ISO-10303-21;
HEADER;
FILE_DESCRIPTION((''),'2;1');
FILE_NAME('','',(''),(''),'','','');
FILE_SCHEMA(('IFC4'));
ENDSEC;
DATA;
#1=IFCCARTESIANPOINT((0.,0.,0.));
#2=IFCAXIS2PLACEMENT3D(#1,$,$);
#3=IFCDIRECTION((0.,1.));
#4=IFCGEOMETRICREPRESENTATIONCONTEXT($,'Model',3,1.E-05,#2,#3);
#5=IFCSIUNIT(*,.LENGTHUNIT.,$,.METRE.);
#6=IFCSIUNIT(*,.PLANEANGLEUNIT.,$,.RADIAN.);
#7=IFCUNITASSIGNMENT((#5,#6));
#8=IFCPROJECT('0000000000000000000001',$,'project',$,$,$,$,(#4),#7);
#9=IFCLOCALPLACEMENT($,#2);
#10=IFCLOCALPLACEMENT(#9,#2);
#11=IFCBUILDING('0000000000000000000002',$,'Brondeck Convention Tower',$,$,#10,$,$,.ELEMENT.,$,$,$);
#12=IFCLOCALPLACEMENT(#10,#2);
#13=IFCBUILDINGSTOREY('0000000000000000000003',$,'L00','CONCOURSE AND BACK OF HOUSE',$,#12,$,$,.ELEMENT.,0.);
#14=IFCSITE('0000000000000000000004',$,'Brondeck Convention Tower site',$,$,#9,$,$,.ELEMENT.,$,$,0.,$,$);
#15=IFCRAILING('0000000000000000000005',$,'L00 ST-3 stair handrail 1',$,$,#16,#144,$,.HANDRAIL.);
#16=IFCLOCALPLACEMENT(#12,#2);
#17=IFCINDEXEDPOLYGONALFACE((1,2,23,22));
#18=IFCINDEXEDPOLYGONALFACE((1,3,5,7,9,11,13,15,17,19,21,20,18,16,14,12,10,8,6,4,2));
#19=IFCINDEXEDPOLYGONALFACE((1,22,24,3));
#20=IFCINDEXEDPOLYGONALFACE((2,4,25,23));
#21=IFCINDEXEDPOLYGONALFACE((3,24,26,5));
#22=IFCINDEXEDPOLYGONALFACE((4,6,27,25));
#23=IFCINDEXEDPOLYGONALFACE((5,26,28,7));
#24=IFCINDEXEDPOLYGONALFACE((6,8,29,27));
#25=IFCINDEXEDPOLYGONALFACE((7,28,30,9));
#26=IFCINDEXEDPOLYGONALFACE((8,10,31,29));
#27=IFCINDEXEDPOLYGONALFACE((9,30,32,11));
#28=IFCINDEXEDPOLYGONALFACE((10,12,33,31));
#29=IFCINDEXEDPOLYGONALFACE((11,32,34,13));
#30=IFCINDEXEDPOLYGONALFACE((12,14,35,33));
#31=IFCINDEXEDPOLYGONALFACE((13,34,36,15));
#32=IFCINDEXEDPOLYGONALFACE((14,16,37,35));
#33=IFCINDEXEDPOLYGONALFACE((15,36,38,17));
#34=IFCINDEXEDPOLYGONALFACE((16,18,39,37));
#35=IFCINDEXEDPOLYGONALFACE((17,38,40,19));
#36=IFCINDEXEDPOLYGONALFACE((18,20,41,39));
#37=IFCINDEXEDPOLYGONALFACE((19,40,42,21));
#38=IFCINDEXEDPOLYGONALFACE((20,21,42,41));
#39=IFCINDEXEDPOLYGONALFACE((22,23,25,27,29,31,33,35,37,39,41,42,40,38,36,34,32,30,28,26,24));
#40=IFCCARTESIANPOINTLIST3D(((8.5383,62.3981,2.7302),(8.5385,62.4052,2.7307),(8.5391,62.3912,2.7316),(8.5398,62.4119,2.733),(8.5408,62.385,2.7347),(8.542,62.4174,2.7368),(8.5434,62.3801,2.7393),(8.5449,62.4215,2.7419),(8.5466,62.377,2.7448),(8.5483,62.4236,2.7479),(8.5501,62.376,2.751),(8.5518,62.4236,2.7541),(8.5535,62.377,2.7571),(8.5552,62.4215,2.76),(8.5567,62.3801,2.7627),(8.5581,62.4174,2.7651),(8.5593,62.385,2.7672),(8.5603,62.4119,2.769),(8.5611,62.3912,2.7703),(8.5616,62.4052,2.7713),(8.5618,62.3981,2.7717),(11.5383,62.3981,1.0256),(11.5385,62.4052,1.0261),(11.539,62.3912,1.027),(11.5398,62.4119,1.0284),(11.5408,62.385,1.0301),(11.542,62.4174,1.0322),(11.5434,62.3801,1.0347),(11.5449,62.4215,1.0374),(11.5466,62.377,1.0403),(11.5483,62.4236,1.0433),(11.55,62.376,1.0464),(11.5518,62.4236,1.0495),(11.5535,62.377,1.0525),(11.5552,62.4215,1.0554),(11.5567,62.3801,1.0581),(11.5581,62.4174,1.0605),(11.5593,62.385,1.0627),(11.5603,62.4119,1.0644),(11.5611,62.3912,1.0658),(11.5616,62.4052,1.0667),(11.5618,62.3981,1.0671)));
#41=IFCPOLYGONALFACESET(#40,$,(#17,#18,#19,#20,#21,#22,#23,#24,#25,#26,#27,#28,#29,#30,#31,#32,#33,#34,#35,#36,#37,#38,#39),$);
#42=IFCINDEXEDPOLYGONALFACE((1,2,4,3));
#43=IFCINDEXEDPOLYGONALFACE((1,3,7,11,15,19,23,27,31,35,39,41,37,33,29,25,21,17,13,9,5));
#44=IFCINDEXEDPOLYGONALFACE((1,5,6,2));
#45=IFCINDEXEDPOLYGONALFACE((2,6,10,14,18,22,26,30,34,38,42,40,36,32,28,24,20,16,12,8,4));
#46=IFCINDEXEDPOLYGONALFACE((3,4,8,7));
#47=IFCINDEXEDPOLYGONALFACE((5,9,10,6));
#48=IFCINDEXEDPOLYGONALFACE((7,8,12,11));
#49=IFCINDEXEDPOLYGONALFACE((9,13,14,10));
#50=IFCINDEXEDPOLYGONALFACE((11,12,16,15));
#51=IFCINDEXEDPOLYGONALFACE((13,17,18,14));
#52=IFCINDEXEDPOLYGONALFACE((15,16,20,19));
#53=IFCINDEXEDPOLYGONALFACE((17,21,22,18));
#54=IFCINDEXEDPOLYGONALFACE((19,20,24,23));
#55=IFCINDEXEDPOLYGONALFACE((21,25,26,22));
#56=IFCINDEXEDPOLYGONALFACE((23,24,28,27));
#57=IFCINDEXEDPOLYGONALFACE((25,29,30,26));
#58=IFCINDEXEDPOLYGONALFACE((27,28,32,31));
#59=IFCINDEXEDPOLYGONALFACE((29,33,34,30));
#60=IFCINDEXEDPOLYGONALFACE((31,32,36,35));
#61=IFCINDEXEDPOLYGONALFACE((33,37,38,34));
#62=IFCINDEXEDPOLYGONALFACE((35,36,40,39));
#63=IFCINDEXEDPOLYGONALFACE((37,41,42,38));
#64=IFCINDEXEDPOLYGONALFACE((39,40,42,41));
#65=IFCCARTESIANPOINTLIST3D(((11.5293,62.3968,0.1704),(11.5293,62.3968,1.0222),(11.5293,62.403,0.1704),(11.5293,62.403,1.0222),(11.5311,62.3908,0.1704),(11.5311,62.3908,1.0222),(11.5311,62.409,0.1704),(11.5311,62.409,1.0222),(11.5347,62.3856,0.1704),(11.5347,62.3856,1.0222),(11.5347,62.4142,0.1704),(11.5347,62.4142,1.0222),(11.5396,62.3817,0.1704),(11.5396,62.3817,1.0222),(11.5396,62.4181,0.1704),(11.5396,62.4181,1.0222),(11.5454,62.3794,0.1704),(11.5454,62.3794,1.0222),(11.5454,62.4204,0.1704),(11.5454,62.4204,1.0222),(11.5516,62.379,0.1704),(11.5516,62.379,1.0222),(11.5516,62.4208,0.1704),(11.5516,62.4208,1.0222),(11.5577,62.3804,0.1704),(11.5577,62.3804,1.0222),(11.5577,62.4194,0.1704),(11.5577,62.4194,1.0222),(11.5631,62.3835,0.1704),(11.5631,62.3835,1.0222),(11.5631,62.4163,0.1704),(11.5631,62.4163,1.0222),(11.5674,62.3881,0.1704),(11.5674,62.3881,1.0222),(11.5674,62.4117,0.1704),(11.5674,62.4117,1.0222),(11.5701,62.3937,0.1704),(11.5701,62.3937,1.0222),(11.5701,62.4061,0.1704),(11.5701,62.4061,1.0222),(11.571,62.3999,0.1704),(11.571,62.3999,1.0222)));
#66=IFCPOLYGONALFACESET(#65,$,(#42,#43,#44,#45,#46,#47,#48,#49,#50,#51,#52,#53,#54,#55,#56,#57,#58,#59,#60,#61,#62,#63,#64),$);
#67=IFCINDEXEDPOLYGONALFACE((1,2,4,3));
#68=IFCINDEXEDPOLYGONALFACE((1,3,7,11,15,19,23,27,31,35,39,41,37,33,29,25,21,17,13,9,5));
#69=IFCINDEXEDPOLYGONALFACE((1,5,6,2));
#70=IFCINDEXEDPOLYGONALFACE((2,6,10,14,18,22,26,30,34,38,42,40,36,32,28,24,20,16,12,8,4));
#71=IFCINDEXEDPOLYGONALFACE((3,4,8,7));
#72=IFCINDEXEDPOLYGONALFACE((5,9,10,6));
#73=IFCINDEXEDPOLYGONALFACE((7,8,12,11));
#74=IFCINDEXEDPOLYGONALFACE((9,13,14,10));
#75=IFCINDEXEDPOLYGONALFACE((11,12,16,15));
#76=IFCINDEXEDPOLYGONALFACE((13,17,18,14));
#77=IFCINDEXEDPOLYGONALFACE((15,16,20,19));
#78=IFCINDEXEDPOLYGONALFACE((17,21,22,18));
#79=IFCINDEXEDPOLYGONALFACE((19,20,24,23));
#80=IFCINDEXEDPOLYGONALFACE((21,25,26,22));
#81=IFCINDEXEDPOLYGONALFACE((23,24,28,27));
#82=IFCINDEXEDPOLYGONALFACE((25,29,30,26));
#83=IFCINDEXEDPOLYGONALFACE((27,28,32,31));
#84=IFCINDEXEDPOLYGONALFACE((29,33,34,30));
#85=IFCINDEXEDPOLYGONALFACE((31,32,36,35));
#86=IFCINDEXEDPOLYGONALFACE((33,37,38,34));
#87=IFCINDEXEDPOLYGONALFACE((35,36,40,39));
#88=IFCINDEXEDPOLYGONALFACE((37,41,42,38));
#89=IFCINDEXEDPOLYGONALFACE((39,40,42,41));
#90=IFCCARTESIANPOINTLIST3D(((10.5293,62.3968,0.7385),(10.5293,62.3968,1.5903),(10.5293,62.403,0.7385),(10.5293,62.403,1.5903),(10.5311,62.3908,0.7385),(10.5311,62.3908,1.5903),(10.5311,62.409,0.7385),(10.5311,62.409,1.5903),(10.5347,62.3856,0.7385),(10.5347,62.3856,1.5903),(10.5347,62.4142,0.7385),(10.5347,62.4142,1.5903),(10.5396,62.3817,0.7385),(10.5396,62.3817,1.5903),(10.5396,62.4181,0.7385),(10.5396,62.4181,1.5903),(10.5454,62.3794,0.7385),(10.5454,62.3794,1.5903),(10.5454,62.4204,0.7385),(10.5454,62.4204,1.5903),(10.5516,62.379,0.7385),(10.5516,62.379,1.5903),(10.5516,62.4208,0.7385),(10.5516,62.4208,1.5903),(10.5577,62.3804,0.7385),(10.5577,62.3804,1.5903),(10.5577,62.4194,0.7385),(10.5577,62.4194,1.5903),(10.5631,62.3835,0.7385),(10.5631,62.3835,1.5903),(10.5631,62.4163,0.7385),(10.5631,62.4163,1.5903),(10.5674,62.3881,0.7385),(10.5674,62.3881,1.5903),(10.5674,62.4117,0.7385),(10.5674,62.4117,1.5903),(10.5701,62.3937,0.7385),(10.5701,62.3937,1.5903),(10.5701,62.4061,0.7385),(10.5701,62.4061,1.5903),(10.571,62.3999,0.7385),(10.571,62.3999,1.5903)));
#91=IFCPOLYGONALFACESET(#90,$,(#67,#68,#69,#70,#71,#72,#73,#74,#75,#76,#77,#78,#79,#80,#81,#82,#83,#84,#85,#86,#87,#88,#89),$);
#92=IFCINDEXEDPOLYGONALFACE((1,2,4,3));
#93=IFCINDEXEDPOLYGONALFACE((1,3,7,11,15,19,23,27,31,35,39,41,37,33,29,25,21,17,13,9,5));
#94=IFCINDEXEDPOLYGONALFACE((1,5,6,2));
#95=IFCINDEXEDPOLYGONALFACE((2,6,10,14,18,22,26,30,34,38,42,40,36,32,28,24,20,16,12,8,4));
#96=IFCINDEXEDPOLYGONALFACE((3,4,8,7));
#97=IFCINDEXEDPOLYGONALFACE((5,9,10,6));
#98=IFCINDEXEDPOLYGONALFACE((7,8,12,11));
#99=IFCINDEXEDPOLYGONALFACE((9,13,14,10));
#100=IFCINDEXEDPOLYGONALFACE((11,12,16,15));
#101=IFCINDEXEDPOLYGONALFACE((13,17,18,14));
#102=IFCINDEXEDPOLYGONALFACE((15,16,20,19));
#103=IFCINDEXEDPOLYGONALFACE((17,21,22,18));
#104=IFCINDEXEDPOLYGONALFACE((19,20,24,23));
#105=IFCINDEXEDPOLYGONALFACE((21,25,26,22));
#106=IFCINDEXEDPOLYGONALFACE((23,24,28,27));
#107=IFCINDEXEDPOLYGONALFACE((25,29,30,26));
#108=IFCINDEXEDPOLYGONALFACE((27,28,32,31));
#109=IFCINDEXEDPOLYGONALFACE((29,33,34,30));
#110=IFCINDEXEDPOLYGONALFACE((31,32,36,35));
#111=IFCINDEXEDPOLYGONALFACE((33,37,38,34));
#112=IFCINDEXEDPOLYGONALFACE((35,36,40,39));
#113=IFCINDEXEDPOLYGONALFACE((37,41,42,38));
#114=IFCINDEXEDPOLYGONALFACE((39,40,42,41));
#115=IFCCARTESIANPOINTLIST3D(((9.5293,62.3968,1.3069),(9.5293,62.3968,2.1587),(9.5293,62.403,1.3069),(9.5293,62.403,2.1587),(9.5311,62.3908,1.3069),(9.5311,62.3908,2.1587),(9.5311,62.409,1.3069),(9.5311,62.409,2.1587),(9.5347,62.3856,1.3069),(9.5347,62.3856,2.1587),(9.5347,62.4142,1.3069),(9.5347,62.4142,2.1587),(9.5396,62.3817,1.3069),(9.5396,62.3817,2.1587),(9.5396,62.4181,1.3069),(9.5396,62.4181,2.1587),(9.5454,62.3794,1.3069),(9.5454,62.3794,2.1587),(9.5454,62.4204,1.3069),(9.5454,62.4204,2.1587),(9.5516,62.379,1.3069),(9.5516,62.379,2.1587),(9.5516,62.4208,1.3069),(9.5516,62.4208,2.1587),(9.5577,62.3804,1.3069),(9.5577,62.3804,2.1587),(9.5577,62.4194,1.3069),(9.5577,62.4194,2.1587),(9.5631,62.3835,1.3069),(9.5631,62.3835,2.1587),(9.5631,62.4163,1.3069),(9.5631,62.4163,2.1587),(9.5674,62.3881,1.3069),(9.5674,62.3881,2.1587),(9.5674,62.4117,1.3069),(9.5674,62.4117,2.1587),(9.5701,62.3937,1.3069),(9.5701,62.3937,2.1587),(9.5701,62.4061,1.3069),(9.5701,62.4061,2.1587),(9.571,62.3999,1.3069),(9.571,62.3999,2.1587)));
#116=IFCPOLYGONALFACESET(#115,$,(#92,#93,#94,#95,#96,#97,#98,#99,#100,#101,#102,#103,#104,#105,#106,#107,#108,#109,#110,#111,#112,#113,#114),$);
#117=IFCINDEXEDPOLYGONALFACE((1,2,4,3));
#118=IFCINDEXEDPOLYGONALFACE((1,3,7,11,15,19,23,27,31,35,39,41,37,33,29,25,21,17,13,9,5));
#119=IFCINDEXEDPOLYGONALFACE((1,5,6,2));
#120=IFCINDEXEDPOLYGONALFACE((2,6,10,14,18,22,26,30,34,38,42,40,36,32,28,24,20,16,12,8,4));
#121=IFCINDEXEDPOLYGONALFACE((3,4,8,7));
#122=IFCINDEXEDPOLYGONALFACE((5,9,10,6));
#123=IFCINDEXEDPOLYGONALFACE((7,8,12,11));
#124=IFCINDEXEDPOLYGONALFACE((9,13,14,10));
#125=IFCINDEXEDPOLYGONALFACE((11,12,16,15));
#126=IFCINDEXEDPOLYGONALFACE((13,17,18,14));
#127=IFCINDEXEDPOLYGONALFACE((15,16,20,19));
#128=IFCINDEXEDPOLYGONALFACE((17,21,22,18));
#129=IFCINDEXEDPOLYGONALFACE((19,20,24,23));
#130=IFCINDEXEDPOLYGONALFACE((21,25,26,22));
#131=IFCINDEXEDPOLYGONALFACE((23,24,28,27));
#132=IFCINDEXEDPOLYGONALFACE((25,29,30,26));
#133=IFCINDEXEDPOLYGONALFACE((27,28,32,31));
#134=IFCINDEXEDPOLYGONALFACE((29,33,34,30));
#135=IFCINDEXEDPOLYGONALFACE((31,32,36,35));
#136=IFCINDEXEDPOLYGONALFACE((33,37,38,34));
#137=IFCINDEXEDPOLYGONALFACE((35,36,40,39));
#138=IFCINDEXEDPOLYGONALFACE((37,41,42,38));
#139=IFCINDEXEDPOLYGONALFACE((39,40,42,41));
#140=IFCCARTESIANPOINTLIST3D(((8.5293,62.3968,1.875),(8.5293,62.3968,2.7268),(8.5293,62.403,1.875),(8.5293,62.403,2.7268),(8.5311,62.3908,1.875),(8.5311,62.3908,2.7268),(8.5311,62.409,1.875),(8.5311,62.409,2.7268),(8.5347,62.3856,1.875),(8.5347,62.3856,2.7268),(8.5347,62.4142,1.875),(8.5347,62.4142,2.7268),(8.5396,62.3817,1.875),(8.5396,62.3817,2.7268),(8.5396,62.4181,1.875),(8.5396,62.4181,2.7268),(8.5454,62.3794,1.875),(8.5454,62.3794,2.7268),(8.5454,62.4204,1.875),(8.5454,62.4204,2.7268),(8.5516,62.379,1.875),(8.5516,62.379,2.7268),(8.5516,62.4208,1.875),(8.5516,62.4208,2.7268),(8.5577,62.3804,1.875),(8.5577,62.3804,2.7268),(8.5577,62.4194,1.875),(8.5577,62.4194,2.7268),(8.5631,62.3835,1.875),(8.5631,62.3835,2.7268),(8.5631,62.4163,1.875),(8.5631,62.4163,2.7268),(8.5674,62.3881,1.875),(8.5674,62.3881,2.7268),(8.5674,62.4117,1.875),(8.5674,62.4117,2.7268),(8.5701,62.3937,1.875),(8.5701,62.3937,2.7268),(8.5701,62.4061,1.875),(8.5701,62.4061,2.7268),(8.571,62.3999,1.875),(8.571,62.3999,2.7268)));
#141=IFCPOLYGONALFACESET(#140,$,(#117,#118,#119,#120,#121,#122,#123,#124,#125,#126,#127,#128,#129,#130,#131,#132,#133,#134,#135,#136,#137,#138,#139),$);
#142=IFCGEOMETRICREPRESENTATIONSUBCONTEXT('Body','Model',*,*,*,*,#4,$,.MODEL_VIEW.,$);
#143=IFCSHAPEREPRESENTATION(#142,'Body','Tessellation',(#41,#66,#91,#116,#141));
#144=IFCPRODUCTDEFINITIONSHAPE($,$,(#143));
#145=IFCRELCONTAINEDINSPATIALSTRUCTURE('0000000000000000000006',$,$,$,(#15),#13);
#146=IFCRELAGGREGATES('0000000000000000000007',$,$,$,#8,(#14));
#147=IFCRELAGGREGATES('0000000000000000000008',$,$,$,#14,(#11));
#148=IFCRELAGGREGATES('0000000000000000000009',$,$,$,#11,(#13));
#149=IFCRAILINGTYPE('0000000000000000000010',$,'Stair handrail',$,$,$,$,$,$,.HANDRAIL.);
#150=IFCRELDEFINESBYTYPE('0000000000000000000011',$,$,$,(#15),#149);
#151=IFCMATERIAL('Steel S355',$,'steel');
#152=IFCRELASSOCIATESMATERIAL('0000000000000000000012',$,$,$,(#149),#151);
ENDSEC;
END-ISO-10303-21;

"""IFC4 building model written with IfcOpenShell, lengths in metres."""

from ifc_helpers import new_model, si_unit, direction, frame, origin, origin_2d, place, context, subcontext, project, spatial, circle, extrude, material, type_object, element, save


model = new_model("IFC4")

# Units and contexts
model_context = context("Model", 3, precision=1e-05, world=origin(), true_north=direction((0.0, 1.0)))
body_context = subcontext(model_context, "Body", "Model", "MODEL_VIEW")
ifc_project = project(units=[si_unit("LENGTHUNIT", "METRE"), si_unit("PLANEANGLEUNIT", "RADIAN")], contexts=[model_context])

# Site, building, storey
site_placement = place(None, origin())
site = spatial("IfcSite", under=ifc_project, at=site_placement, Name="Brondeck Convention Tower site", CompositionType="ELEMENT", RefElevation=0.0)
building_placement = place(site_placement, origin())
building = spatial("IfcBuilding", under=site, at=building_placement, Name="Brondeck Convention Tower", CompositionType="ELEMENT")
storey_placement = place(building_placement, origin())
storey = spatial("IfcBuildingStorey", under=building, at=storey_placement, Name="L00", Description="CONCOURSE AND BACK OF HOUSE", CompositionType="ELEMENT", Elevation=0.0)

# Shared definitions
ifc_material_1 = material(Name="Steel S355", Category="steel")

# Railing
railing_type_1 = type_object("IfcRailingType", Name="Stair handrail", PredefinedType="HANDRAIL", material=ifc_material_1)
for number, where, name in (
    (1, (11.55, 62.3999, 0.1704), "L00 ST-3 stair handrail 1"),
):
    element("IfcRailing", number, at=place(storey_placement, frame(where)), inside=storey, type_object=railing_type_1, Name=name, PredefinedType="HANDRAIL", context=body_context, shape_type="SweptSolid", body=[
        extrude(circle(Radius=0.0239, at=origin_2d()), frame((0.0, 0.0, 0.876), z_axis=(-0.869451, 0.0, 0.494019), x_axis=(0.0, -1.0, 0.0)), (0.0, 0.0, 1.0), 3.4504),
        extrude(circle(Radius=0.021, at=origin_2d()), origin(), (0.0, 0.0, 1.0), 0.8518),
        extrude(circle(Radius=0.021, at=origin_2d()), frame((-1.0, 0.0, 0.5681)), (0.0, 0.0, 1.0), 0.8518),
        extrude(circle(Radius=0.021, at=origin_2d()), frame((-2.0, 0.0, 1.1365)), (0.0, 0.0, 1.0), 0.8518),
        extrude(circle(Radius=0.021, at=origin_2d()), frame((-3.0, 0.0, 1.7046)), (0.0, 0.0, 1.0), 0.8518),
    ])

save(model, "model.ifc")
